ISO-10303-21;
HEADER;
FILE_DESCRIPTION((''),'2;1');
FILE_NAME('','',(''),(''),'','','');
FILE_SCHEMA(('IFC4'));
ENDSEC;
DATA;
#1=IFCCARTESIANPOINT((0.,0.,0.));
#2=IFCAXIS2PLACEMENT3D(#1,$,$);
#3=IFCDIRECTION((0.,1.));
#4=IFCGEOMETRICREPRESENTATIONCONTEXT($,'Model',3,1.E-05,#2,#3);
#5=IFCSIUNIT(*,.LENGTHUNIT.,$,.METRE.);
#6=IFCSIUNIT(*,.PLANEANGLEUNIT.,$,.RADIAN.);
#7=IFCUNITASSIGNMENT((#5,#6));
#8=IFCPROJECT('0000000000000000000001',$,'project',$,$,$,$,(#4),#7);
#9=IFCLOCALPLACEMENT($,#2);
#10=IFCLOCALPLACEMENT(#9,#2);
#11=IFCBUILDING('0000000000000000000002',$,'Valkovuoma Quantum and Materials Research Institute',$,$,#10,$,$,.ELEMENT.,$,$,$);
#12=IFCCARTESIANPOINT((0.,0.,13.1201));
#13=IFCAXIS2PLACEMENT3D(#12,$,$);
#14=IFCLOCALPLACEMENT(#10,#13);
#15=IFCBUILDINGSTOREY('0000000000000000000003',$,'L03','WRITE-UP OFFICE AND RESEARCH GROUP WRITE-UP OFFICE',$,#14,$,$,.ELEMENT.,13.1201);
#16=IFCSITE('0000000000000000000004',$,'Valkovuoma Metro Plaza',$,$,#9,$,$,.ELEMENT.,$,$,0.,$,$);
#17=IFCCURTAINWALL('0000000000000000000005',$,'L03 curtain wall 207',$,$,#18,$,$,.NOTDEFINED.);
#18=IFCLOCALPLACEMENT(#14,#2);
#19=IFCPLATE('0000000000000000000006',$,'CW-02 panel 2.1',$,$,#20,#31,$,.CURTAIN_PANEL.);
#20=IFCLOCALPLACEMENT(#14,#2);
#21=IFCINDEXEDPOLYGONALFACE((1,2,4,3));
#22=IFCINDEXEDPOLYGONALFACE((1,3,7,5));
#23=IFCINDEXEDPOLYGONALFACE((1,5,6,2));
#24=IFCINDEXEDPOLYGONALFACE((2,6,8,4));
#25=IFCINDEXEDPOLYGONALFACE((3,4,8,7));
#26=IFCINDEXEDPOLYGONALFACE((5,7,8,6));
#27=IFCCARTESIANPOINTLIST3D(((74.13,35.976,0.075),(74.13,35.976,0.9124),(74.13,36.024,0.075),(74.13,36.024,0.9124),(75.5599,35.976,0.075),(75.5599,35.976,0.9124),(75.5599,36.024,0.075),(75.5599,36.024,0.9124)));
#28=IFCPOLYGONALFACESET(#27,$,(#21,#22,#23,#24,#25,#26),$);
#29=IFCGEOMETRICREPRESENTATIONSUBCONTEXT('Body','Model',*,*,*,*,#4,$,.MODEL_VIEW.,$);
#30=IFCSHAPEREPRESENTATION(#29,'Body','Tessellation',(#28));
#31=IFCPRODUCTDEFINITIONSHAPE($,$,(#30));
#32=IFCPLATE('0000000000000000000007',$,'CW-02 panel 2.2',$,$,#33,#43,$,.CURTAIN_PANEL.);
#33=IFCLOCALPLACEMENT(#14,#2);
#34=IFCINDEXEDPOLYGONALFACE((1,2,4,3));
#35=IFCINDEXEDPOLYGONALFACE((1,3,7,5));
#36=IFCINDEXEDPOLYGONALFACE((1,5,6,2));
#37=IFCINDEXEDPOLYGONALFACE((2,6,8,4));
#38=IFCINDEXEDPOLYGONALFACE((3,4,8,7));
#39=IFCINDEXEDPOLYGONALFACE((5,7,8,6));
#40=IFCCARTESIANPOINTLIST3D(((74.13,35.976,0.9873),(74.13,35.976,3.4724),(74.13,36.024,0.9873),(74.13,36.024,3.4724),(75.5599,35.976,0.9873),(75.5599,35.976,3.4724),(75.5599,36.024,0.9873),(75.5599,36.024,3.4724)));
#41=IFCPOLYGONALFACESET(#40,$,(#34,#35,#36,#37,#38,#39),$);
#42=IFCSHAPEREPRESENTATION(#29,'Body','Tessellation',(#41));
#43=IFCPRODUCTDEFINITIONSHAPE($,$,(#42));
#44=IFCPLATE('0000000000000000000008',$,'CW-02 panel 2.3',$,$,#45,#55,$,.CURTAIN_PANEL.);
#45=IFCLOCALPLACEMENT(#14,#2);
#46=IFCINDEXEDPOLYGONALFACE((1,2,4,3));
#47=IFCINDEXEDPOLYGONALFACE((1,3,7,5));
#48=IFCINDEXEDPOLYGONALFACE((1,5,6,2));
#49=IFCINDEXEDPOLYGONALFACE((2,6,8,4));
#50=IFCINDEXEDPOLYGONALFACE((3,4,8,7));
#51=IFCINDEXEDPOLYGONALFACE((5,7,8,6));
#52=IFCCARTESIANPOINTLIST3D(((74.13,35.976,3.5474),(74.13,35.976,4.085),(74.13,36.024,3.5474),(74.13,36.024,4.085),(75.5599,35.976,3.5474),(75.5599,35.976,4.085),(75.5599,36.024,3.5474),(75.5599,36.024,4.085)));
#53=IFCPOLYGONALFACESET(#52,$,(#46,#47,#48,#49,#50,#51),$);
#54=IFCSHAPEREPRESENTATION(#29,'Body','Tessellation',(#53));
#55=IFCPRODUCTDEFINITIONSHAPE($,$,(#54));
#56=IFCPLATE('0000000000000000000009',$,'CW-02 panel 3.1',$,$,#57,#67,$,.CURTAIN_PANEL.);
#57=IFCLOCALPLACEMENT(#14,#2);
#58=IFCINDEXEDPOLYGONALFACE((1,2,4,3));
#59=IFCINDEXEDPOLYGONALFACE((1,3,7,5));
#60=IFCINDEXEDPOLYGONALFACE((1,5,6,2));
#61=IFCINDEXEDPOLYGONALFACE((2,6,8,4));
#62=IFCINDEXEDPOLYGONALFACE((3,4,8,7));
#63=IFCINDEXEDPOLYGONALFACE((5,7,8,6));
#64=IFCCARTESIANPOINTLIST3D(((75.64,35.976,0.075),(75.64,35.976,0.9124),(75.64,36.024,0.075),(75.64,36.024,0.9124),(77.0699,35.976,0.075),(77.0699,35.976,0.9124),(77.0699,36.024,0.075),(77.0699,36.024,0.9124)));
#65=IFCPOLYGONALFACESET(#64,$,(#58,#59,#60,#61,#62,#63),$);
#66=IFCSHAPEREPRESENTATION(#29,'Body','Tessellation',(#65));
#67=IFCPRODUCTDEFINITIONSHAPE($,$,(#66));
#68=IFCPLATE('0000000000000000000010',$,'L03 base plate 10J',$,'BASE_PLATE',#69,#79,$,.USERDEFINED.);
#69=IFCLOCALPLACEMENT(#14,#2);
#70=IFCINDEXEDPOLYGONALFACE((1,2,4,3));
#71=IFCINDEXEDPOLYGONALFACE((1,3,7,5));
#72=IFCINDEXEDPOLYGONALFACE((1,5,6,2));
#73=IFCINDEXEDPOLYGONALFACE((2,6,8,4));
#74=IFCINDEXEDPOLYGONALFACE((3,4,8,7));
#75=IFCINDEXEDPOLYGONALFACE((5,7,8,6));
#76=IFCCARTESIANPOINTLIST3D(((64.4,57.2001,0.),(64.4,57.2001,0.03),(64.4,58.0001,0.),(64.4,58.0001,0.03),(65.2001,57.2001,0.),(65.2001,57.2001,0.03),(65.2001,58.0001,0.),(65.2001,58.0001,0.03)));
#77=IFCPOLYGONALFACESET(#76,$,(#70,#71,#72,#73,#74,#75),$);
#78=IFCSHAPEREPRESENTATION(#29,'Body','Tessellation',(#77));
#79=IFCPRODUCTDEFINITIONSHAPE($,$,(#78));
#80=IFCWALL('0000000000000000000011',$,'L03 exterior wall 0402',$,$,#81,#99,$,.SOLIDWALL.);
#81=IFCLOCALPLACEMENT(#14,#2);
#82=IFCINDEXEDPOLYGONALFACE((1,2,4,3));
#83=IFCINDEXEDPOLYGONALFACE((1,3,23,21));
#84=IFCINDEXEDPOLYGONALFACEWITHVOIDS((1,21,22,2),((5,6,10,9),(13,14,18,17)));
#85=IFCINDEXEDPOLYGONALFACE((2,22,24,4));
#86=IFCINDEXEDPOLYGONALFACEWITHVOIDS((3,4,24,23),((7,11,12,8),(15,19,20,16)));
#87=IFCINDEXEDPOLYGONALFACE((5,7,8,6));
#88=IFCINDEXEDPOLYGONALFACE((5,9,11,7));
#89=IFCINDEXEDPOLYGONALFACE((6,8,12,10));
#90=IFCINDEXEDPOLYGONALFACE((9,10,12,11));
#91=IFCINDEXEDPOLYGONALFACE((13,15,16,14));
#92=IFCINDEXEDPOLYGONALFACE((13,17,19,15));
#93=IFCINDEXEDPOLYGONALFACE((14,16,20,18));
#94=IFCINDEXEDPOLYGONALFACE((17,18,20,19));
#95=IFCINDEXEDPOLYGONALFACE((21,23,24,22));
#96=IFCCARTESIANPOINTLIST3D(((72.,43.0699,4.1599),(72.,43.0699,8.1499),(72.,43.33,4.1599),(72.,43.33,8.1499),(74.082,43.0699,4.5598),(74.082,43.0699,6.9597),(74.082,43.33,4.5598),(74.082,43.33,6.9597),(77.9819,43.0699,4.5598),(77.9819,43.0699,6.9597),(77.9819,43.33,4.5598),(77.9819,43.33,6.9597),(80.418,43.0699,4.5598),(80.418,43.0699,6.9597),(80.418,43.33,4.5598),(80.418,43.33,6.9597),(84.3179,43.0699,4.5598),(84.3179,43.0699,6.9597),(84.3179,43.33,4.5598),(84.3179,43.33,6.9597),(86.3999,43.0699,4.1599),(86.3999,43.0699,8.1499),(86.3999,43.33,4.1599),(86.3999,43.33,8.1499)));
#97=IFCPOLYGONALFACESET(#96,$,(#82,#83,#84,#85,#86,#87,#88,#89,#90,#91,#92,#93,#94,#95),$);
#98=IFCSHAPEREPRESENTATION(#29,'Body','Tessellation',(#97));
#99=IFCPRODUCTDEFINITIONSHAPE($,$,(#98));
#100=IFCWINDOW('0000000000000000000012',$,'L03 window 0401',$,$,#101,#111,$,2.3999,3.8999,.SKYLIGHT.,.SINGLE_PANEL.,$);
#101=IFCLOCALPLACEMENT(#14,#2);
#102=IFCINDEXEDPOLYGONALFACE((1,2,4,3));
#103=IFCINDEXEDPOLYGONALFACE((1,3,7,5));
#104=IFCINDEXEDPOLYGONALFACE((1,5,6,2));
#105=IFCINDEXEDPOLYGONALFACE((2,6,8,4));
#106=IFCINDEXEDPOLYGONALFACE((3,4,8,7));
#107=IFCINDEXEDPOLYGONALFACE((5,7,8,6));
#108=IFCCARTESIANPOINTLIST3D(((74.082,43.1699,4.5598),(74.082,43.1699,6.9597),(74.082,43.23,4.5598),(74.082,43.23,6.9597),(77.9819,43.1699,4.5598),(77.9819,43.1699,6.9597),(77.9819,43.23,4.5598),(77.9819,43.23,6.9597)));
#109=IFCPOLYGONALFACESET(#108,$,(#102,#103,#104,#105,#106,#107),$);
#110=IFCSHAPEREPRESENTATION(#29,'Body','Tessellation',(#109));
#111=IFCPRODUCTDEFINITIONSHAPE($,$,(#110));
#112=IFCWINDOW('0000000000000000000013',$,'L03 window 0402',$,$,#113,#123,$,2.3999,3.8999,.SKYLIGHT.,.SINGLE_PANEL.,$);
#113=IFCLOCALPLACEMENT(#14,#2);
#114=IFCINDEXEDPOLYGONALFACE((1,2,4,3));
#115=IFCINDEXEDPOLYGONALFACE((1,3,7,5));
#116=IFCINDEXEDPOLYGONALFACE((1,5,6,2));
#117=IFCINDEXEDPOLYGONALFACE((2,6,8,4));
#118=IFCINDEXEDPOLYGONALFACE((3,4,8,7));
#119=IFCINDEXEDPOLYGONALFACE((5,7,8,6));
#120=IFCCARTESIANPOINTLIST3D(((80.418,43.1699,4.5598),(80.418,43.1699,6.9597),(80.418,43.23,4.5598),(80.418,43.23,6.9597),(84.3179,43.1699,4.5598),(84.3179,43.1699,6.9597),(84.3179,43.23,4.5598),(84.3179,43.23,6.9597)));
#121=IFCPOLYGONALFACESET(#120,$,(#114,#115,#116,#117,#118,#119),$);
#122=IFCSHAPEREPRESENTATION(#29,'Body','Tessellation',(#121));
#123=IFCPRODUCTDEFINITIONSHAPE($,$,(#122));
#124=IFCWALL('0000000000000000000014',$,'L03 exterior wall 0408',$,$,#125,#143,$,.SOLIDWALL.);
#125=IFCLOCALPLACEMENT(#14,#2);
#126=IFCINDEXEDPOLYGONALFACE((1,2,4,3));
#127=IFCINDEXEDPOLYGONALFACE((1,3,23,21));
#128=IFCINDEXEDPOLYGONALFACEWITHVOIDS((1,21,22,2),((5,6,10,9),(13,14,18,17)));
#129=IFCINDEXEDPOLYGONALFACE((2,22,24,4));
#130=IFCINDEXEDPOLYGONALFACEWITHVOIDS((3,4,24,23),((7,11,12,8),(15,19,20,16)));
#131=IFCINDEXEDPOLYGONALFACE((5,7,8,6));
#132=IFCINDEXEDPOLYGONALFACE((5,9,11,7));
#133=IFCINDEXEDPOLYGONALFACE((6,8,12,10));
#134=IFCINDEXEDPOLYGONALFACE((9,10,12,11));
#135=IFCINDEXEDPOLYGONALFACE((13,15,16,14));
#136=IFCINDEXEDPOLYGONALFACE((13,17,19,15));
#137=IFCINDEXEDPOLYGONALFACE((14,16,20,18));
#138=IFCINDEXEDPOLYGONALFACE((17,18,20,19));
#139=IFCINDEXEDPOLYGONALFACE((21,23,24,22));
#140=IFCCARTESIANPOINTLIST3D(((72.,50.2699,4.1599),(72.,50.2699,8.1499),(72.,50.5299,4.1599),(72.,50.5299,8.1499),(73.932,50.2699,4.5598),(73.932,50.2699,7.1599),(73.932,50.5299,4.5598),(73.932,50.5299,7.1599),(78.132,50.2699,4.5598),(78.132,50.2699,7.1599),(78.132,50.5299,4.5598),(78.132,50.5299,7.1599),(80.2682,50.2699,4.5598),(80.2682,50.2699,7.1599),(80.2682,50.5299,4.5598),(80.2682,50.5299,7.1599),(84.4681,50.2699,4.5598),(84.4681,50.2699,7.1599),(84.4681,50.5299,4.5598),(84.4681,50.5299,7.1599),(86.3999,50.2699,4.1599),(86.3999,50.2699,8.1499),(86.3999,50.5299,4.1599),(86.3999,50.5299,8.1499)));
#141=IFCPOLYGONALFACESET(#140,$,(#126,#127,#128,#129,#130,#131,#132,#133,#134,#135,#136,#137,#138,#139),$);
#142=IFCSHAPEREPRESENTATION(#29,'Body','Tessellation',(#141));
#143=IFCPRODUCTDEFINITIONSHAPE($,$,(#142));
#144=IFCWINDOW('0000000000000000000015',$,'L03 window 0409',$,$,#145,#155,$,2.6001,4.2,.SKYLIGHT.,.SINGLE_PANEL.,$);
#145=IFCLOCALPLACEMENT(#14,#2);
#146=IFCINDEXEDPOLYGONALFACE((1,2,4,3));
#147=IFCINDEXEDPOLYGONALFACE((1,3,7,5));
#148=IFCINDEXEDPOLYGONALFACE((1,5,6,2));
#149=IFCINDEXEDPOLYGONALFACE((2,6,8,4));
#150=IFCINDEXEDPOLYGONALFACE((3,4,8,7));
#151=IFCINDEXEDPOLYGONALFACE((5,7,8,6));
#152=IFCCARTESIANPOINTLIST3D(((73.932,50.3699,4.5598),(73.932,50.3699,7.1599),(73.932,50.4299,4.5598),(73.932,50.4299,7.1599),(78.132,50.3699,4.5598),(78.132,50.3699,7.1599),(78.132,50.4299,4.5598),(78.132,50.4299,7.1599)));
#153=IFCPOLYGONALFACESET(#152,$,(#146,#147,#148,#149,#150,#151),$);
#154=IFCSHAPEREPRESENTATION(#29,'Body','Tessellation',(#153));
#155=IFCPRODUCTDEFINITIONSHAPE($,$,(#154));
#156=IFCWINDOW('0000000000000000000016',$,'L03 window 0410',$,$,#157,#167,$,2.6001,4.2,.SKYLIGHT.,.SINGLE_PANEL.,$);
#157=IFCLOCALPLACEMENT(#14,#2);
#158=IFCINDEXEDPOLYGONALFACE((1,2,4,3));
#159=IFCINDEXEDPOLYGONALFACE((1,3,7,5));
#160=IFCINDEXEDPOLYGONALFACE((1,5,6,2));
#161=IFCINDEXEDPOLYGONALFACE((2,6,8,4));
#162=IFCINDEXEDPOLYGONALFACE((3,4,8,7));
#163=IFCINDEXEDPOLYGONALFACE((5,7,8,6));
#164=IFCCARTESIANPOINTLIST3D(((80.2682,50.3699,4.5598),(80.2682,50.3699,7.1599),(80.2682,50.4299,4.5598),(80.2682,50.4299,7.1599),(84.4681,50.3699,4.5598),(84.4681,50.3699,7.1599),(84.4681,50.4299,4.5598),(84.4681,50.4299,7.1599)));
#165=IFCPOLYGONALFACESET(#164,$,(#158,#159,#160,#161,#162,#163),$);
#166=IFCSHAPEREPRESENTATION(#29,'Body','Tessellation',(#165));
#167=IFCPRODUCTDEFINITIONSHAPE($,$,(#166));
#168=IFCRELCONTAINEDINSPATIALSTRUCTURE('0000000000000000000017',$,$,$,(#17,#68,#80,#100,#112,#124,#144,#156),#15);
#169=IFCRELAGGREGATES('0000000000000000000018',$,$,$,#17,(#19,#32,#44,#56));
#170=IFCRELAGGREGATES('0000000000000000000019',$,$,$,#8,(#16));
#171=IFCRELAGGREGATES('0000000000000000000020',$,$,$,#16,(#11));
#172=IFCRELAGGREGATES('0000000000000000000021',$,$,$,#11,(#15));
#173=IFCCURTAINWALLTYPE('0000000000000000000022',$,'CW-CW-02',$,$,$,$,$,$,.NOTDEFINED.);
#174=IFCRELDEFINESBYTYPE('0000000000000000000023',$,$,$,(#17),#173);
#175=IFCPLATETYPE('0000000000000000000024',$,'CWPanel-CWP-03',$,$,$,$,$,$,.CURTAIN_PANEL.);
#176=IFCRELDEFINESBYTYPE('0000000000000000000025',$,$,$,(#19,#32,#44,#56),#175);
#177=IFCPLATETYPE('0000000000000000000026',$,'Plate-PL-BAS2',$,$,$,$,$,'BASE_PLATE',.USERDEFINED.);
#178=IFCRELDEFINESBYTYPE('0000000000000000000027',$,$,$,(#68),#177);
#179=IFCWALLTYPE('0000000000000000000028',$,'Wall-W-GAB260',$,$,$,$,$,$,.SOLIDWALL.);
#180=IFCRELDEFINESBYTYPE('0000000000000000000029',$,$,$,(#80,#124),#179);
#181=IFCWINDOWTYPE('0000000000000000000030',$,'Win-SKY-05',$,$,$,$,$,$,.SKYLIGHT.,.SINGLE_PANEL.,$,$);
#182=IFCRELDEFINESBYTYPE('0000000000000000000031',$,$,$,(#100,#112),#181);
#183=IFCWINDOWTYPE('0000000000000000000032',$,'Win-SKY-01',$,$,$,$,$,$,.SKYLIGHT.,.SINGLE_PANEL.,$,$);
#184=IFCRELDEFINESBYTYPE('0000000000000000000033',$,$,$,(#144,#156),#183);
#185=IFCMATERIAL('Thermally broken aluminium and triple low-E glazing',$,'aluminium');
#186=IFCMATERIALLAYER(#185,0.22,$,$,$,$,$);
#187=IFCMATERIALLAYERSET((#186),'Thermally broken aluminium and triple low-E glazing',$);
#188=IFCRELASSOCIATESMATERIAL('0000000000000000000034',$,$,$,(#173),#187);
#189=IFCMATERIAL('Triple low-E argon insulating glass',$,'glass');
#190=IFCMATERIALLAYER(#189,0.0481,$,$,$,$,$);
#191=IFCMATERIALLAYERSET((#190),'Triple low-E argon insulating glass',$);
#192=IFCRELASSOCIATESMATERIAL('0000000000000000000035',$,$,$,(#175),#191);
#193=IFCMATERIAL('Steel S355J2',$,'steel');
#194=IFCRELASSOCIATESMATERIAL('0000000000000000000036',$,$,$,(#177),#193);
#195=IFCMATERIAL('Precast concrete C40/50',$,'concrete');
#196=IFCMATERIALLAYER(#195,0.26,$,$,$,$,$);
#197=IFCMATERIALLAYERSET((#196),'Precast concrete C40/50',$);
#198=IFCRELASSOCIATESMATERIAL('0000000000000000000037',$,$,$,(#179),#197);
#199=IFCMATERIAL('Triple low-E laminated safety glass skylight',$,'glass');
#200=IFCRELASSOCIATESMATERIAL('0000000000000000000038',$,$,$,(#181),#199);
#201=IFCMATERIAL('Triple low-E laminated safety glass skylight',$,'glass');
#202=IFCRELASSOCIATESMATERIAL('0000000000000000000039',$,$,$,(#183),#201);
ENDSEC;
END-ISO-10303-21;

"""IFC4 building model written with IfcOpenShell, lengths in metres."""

from ifc_helpers import new_model, si_unit, direction, frame, frame_2d, origin, origin_2d, place, context, subcontext, project, spatial, rectangle, extrude, material, layer, layer_set, type_object, element, fill, aggregate, save


model = new_model("IFC4")

# Units and contexts
model_context = context("Model", 3, precision=1e-05, world=origin(), true_north=direction((0.0, 1.0)))
body_context = subcontext(model_context, "Body", "Model", "MODEL_VIEW")
ifc_project = project(units=[si_unit("LENGTHUNIT", "METRE"), si_unit("PLANEANGLEUNIT", "RADIAN")], contexts=[model_context])

# Site, building, storey
site_placement = place(None, origin())
site = spatial("IfcSite", under=ifc_project, at=site_placement, Name="Valkovuoma Metro Plaza", CompositionType="ELEMENT", RefElevation=0.0)
building_placement = place(site_placement, origin())
building = spatial("IfcBuilding", under=site, at=building_placement, Name="Valkovuoma Quantum and Materials Research Institute", CompositionType="ELEMENT")
storey_placement = place(building_placement, frame((0.0, 0.0, 13.1201)))
storey = spatial("IfcBuildingStorey", under=building, at=storey_placement, Name="L03", Description="WRITE-UP OFFICE AND RESEARCH GROUP WRITE-UP OFFICE", CompositionType="ELEMENT", Elevation=13.1201)

# Curtain wall, plates
ifc_material_1 = material(Name="Thermally broken aluminium and triple low-E glazing", Category="aluminium")
ifc_layer_1 = layer(ifc_material_1, 0.22)
ifc_layer_set_1 = layer_set([ifc_layer_1], Name="Thermally broken aluminium and triple low-E glazing")
curtain_wall_type = type_object("IfcCurtainWallType", Name="CW-CW-02", PredefinedType="NOTDEFINED", material=ifc_layer_set_1)
curtain_wall_placement = place(storey_placement, origin())
curtain_wall = element("IfcCurtainWall", 1, at=curtain_wall_placement, inside=storey, type_object=curtain_wall_type, Name="L03 curtain wall 207", PredefinedType="NOTDEFINED")
ifc_material_2 = material(Name="Triple low-E argon insulating glass", Category="glass")
ifc_layer_2 = layer(ifc_material_2, 0.0481)
ifc_layer_set_2 = layer_set([ifc_layer_2], Name="Triple low-E argon insulating glass")
plate_type_1 = type_object("IfcPlateType", Name="CWPanel-CWP-03", PredefinedType="CURTAIN_PANEL", material=ifc_layer_set_2)
plate_1_placement = place(storey_placement, frame((74.845, 36.0, 0.075), z_axis=(0.0, 0.0, 1.0), x_axis=(1.0, 0.0, 0.0)))
plate_1 = element("IfcPlate", 2, at=plate_1_placement, type_object=plate_type_1, Name="CW-02 panel 2.1", PredefinedType="CURTAIN_PANEL", context=body_context, shape_type="SweptSolid", body=[
    extrude(rectangle(XDim=1.4299, YDim=0.0481, at=origin_2d()), origin(), (0.0, 0.0, 1.0), 0.8374),
])
plate_2_placement = place(storey_placement, frame((74.845, 36.0, 0.9873), z_axis=(0.0, 0.0, 1.0), x_axis=(1.0, 0.0, 0.0)))
plate_2 = element("IfcPlate", 3, at=plate_2_placement, type_object=plate_type_1, Name="CW-02 panel 2.2", PredefinedType="CURTAIN_PANEL", context=body_context, shape_type="SweptSolid", body=[
    extrude(rectangle(XDim=1.4299, YDim=0.0481, at=origin_2d()), origin(), (0.0, 0.0, 1.0), 2.4851),
])
plate_3_placement = place(storey_placement, frame((74.845, 36.0, 3.5474), z_axis=(0.0, 0.0, 1.0), x_axis=(1.0, 0.0, 0.0)))
plate_3 = element("IfcPlate", 4, at=plate_3_placement, type_object=plate_type_1, Name="CW-02 panel 2.3", PredefinedType="CURTAIN_PANEL", context=body_context, shape_type="SweptSolid", body=[
    extrude(rectangle(XDim=1.4299, YDim=0.0481, at=origin_2d()), origin(), (0.0, 0.0, 1.0), 0.5376),
])
plate_4_placement = place(storey_placement, frame((76.355, 36.0, 0.075), z_axis=(0.0, 0.0, 1.0), x_axis=(1.0, 0.0, 0.0)))
plate_4 = element("IfcPlate", 5, at=plate_4_placement, type_object=plate_type_1, Name="CW-02 panel 3.1", PredefinedType="CURTAIN_PANEL", context=body_context, shape_type="SweptSolid", body=[
    extrude(rectangle(XDim=1.4299, YDim=0.0481, at=origin_2d()), origin(), (0.0, 0.0, 1.0), 0.8374),
])
aggregate(curtain_wall, [plate_1, plate_2, plate_3, plate_4])

# Plate
ifc_material_3 = material(Name="Steel S355J2", Category="steel")
plate_type_2 = type_object("IfcPlateType", Name="Plate-PL-BAS2", ElementType="BASE_PLATE", PredefinedType="USERDEFINED", material=ifc_material_3)
plate_5_placement = place(storey_placement, frame((64.8, 57.6001, 0.0), z_axis=(0.0, 0.0, 1.0), x_axis=(1.0, 0.0, 0.0)))
element("IfcPlate", 6, at=plate_5_placement, inside=storey, type_object=plate_type_2, Name="L03 base plate 10J", ObjectType="BASE_PLATE", PredefinedType="USERDEFINED", context=body_context, shape_type="SweptSolid", body=[
    extrude(rectangle(XDim=0.8, YDim=0.8, at=origin_2d()), origin(), (0.0, 0.0, 1.0), 0.03),
])

# Walls, openings, windows
ifc_material_4 = material(Name="Precast concrete C40/50", Category="concrete")
ifc_layer_3 = layer(ifc_material_4, 0.26)
ifc_layer_set_3 = layer_set([ifc_layer_3], Name="Precast concrete C40/50")
wall_type = type_object("IfcWallType", Name="Wall-W-GAB260", PredefinedType="SOLIDWALL", material=ifc_layer_set_3)
wall_1_placement = place(storey_placement, frame((72.0, 43.2, 4.1599), z_axis=(0.0, 0.0, 1.0), x_axis=(1.0, 0.0, 0.0)))
wall_1 = element("IfcWall", 7, at=wall_1_placement, inside=storey, type_object=wall_type, Name="L03 exterior wall 0402", PredefinedType="SOLIDWALL", context=body_context, shape_type="SweptSolid", body=[
    extrude(rectangle(XDim=14.3999, YDim=0.26, at=frame_2d((7.2, 0.0))), origin(), (0.0, 0.0, 1.0), 3.99),
])
opening_1_placement = place(wall_1_placement, frame((2.082, 0.0, 0.3999)))
opening_1 = element("IfcOpeningElement", 8, at=opening_1_placement, cuts=wall_1, PredefinedType="OPENING", context=body_context, shape_type="SweptSolid", body=[
    extrude(rectangle(XDim=3.8999, YDim=2.3999, at=frame_2d((1.95, 1.2))), frame((0.0, 0.1401, 0.0), z_axis=(0.0, -1.0, 0.0), x_axis=(1.0, 0.0, 0.0)), (0.0, 0.0, 1.0), 0.28),
])
opening_2_placement = place(wall_1_placement, frame((8.418, 0.0, 0.3999)))
opening_2 = element("IfcOpeningElement", 9, at=opening_2_placement, cuts=wall_1, PredefinedType="OPENING", context=body_context, shape_type="SweptSolid", body=[
    extrude(rectangle(XDim=3.8999, YDim=2.3999, at=frame_2d((1.95, 1.2))), frame((0.0, 0.1401, 0.0), z_axis=(0.0, -1.0, 0.0), x_axis=(1.0, 0.0, 0.0)), (0.0, 0.0, 1.0), 0.28),
])
ifc_material_5 = material(Name="Triple low-E laminated safety glass skylight", Category="glass")
window_type_1 = type_object("IfcWindowType", Name="Win-SKY-05", PartitioningType="SINGLE_PANEL", PredefinedType="SKYLIGHT", material=ifc_material_5)
window_1_placement = place(opening_1_placement, origin())
window_1 = element("IfcWindow", 10, at=window_1_placement, inside=storey, type_object=window_type_1, Name="L03 window 0401", OverallHeight=2.3999, OverallWidth=3.8999, PartitioningType="SINGLE_PANEL", PredefinedType="SKYLIGHT", context=body_context, shape_type="SweptSolid", body=[
    extrude(rectangle(XDim=3.8999, YDim=2.3999, at=frame_2d((1.95, 1.2))), frame((0.0, 0.03, 0.0), z_axis=(0.0, -1.0, 0.0), x_axis=(1.0, 0.0, 0.0)), (0.0, 0.0, 1.0), 0.0601),
])
fill(opening_1, window_1)
window_2_placement = place(opening_2_placement, origin())
window_2 = element("IfcWindow", 11, at=window_2_placement, inside=storey, type_object=window_type_1, Name="L03 window 0402", OverallHeight=2.3999, OverallWidth=3.8999, PartitioningType="SINGLE_PANEL", PredefinedType="SKYLIGHT", context=body_context, shape_type="SweptSolid", body=[
    extrude(rectangle(XDim=3.8999, YDim=2.3999, at=frame_2d((1.95, 1.2))), frame((0.0, 0.03, 0.0), z_axis=(0.0, -1.0, 0.0), x_axis=(1.0, 0.0, 0.0)), (0.0, 0.0, 1.0), 0.0601),
])
fill(opening_2, window_2)
wall_2_placement = place(storey_placement, frame((72.0, 50.3999, 4.1599), z_axis=(0.0, 0.0, 1.0), x_axis=(1.0, 0.0, 0.0)))
wall_2 = element("IfcWall", 12, at=wall_2_placement, inside=storey, type_object=wall_type, Name="L03 exterior wall 0408", PredefinedType="SOLIDWALL", context=body_context, shape_type="SweptSolid", body=[
    extrude(rectangle(XDim=14.3999, YDim=0.26, at=frame_2d((7.2, 0.0))), origin(), (0.0, 0.0, 1.0), 3.99),
])
opening_3_placement = place(wall_2_placement, frame((1.9319, 0.0, 0.3999)))
opening_3 = element("IfcOpeningElement", 13, at=opening_3_placement, cuts=wall_2, PredefinedType="OPENING", context=body_context, shape_type="SweptSolid", body=[
    extrude(rectangle(XDim=4.2, YDim=2.6001, at=frame_2d((2.1001, 1.3))), frame((0.0, 0.1401, 0.0), z_axis=(0.0, -1.0, 0.0), x_axis=(1.0, 0.0, 0.0)), (0.0, 0.0, 1.0), 0.28),
])
opening_4_placement = place(wall_2_placement, frame((8.2681, 0.0, 0.3999)))
opening_4 = element("IfcOpeningElement", 14, at=opening_4_placement, cuts=wall_2, PredefinedType="OPENING", context=body_context, shape_type="SweptSolid", body=[
    extrude(rectangle(XDim=4.2, YDim=2.6001, at=frame_2d((2.1001, 1.3))), frame((0.0, 0.1401, 0.0), z_axis=(0.0, -1.0, 0.0), x_axis=(1.0, 0.0, 0.0)), (0.0, 0.0, 1.0), 0.28),
])
ifc_material_6 = material(Name="Triple low-E laminated safety glass skylight", Category="glass")
window_type_2 = type_object("IfcWindowType", Name="Win-SKY-01", PartitioningType="SINGLE_PANEL", PredefinedType="SKYLIGHT", material=ifc_material_6)
window_3_placement = place(opening_3_placement, origin())
window_3 = element("IfcWindow", 15, at=window_3_placement, inside=storey, type_object=window_type_2, Name="L03 window 0409", OverallHeight=2.6001, OverallWidth=4.2, PartitioningType="SINGLE_PANEL", PredefinedType="SKYLIGHT", context=body_context, shape_type="SweptSolid", body=[
    extrude(rectangle(XDim=4.2, YDim=2.6001, at=frame_2d((2.1001, 1.3))), frame((0.0, 0.03, 0.0), z_axis=(0.0, -1.0, 0.0), x_axis=(1.0, 0.0, 0.0)), (0.0, 0.0, 1.0), 0.0601),
])
fill(opening_3, window_3)
window_4_placement = place(opening_4_placement, origin())
window_4 = element("IfcWindow", 16, at=window_4_placement, inside=storey, type_object=window_type_2, Name="L03 window 0410", OverallHeight=2.6001, OverallWidth=4.2, PartitioningType="SINGLE_PANEL", PredefinedType="SKYLIGHT", context=body_context, shape_type="SweptSolid", body=[
    extrude(rectangle(XDim=4.2, YDim=2.6001, at=frame_2d((2.1001, 1.3))), frame((0.0, 0.03, 0.0), z_axis=(0.0, -1.0, 0.0), x_axis=(1.0, 0.0, 0.0)), (0.0, 0.0, 1.0), 0.0601),
])
fill(opening_4, window_4)

save(model, "model.ifc")
